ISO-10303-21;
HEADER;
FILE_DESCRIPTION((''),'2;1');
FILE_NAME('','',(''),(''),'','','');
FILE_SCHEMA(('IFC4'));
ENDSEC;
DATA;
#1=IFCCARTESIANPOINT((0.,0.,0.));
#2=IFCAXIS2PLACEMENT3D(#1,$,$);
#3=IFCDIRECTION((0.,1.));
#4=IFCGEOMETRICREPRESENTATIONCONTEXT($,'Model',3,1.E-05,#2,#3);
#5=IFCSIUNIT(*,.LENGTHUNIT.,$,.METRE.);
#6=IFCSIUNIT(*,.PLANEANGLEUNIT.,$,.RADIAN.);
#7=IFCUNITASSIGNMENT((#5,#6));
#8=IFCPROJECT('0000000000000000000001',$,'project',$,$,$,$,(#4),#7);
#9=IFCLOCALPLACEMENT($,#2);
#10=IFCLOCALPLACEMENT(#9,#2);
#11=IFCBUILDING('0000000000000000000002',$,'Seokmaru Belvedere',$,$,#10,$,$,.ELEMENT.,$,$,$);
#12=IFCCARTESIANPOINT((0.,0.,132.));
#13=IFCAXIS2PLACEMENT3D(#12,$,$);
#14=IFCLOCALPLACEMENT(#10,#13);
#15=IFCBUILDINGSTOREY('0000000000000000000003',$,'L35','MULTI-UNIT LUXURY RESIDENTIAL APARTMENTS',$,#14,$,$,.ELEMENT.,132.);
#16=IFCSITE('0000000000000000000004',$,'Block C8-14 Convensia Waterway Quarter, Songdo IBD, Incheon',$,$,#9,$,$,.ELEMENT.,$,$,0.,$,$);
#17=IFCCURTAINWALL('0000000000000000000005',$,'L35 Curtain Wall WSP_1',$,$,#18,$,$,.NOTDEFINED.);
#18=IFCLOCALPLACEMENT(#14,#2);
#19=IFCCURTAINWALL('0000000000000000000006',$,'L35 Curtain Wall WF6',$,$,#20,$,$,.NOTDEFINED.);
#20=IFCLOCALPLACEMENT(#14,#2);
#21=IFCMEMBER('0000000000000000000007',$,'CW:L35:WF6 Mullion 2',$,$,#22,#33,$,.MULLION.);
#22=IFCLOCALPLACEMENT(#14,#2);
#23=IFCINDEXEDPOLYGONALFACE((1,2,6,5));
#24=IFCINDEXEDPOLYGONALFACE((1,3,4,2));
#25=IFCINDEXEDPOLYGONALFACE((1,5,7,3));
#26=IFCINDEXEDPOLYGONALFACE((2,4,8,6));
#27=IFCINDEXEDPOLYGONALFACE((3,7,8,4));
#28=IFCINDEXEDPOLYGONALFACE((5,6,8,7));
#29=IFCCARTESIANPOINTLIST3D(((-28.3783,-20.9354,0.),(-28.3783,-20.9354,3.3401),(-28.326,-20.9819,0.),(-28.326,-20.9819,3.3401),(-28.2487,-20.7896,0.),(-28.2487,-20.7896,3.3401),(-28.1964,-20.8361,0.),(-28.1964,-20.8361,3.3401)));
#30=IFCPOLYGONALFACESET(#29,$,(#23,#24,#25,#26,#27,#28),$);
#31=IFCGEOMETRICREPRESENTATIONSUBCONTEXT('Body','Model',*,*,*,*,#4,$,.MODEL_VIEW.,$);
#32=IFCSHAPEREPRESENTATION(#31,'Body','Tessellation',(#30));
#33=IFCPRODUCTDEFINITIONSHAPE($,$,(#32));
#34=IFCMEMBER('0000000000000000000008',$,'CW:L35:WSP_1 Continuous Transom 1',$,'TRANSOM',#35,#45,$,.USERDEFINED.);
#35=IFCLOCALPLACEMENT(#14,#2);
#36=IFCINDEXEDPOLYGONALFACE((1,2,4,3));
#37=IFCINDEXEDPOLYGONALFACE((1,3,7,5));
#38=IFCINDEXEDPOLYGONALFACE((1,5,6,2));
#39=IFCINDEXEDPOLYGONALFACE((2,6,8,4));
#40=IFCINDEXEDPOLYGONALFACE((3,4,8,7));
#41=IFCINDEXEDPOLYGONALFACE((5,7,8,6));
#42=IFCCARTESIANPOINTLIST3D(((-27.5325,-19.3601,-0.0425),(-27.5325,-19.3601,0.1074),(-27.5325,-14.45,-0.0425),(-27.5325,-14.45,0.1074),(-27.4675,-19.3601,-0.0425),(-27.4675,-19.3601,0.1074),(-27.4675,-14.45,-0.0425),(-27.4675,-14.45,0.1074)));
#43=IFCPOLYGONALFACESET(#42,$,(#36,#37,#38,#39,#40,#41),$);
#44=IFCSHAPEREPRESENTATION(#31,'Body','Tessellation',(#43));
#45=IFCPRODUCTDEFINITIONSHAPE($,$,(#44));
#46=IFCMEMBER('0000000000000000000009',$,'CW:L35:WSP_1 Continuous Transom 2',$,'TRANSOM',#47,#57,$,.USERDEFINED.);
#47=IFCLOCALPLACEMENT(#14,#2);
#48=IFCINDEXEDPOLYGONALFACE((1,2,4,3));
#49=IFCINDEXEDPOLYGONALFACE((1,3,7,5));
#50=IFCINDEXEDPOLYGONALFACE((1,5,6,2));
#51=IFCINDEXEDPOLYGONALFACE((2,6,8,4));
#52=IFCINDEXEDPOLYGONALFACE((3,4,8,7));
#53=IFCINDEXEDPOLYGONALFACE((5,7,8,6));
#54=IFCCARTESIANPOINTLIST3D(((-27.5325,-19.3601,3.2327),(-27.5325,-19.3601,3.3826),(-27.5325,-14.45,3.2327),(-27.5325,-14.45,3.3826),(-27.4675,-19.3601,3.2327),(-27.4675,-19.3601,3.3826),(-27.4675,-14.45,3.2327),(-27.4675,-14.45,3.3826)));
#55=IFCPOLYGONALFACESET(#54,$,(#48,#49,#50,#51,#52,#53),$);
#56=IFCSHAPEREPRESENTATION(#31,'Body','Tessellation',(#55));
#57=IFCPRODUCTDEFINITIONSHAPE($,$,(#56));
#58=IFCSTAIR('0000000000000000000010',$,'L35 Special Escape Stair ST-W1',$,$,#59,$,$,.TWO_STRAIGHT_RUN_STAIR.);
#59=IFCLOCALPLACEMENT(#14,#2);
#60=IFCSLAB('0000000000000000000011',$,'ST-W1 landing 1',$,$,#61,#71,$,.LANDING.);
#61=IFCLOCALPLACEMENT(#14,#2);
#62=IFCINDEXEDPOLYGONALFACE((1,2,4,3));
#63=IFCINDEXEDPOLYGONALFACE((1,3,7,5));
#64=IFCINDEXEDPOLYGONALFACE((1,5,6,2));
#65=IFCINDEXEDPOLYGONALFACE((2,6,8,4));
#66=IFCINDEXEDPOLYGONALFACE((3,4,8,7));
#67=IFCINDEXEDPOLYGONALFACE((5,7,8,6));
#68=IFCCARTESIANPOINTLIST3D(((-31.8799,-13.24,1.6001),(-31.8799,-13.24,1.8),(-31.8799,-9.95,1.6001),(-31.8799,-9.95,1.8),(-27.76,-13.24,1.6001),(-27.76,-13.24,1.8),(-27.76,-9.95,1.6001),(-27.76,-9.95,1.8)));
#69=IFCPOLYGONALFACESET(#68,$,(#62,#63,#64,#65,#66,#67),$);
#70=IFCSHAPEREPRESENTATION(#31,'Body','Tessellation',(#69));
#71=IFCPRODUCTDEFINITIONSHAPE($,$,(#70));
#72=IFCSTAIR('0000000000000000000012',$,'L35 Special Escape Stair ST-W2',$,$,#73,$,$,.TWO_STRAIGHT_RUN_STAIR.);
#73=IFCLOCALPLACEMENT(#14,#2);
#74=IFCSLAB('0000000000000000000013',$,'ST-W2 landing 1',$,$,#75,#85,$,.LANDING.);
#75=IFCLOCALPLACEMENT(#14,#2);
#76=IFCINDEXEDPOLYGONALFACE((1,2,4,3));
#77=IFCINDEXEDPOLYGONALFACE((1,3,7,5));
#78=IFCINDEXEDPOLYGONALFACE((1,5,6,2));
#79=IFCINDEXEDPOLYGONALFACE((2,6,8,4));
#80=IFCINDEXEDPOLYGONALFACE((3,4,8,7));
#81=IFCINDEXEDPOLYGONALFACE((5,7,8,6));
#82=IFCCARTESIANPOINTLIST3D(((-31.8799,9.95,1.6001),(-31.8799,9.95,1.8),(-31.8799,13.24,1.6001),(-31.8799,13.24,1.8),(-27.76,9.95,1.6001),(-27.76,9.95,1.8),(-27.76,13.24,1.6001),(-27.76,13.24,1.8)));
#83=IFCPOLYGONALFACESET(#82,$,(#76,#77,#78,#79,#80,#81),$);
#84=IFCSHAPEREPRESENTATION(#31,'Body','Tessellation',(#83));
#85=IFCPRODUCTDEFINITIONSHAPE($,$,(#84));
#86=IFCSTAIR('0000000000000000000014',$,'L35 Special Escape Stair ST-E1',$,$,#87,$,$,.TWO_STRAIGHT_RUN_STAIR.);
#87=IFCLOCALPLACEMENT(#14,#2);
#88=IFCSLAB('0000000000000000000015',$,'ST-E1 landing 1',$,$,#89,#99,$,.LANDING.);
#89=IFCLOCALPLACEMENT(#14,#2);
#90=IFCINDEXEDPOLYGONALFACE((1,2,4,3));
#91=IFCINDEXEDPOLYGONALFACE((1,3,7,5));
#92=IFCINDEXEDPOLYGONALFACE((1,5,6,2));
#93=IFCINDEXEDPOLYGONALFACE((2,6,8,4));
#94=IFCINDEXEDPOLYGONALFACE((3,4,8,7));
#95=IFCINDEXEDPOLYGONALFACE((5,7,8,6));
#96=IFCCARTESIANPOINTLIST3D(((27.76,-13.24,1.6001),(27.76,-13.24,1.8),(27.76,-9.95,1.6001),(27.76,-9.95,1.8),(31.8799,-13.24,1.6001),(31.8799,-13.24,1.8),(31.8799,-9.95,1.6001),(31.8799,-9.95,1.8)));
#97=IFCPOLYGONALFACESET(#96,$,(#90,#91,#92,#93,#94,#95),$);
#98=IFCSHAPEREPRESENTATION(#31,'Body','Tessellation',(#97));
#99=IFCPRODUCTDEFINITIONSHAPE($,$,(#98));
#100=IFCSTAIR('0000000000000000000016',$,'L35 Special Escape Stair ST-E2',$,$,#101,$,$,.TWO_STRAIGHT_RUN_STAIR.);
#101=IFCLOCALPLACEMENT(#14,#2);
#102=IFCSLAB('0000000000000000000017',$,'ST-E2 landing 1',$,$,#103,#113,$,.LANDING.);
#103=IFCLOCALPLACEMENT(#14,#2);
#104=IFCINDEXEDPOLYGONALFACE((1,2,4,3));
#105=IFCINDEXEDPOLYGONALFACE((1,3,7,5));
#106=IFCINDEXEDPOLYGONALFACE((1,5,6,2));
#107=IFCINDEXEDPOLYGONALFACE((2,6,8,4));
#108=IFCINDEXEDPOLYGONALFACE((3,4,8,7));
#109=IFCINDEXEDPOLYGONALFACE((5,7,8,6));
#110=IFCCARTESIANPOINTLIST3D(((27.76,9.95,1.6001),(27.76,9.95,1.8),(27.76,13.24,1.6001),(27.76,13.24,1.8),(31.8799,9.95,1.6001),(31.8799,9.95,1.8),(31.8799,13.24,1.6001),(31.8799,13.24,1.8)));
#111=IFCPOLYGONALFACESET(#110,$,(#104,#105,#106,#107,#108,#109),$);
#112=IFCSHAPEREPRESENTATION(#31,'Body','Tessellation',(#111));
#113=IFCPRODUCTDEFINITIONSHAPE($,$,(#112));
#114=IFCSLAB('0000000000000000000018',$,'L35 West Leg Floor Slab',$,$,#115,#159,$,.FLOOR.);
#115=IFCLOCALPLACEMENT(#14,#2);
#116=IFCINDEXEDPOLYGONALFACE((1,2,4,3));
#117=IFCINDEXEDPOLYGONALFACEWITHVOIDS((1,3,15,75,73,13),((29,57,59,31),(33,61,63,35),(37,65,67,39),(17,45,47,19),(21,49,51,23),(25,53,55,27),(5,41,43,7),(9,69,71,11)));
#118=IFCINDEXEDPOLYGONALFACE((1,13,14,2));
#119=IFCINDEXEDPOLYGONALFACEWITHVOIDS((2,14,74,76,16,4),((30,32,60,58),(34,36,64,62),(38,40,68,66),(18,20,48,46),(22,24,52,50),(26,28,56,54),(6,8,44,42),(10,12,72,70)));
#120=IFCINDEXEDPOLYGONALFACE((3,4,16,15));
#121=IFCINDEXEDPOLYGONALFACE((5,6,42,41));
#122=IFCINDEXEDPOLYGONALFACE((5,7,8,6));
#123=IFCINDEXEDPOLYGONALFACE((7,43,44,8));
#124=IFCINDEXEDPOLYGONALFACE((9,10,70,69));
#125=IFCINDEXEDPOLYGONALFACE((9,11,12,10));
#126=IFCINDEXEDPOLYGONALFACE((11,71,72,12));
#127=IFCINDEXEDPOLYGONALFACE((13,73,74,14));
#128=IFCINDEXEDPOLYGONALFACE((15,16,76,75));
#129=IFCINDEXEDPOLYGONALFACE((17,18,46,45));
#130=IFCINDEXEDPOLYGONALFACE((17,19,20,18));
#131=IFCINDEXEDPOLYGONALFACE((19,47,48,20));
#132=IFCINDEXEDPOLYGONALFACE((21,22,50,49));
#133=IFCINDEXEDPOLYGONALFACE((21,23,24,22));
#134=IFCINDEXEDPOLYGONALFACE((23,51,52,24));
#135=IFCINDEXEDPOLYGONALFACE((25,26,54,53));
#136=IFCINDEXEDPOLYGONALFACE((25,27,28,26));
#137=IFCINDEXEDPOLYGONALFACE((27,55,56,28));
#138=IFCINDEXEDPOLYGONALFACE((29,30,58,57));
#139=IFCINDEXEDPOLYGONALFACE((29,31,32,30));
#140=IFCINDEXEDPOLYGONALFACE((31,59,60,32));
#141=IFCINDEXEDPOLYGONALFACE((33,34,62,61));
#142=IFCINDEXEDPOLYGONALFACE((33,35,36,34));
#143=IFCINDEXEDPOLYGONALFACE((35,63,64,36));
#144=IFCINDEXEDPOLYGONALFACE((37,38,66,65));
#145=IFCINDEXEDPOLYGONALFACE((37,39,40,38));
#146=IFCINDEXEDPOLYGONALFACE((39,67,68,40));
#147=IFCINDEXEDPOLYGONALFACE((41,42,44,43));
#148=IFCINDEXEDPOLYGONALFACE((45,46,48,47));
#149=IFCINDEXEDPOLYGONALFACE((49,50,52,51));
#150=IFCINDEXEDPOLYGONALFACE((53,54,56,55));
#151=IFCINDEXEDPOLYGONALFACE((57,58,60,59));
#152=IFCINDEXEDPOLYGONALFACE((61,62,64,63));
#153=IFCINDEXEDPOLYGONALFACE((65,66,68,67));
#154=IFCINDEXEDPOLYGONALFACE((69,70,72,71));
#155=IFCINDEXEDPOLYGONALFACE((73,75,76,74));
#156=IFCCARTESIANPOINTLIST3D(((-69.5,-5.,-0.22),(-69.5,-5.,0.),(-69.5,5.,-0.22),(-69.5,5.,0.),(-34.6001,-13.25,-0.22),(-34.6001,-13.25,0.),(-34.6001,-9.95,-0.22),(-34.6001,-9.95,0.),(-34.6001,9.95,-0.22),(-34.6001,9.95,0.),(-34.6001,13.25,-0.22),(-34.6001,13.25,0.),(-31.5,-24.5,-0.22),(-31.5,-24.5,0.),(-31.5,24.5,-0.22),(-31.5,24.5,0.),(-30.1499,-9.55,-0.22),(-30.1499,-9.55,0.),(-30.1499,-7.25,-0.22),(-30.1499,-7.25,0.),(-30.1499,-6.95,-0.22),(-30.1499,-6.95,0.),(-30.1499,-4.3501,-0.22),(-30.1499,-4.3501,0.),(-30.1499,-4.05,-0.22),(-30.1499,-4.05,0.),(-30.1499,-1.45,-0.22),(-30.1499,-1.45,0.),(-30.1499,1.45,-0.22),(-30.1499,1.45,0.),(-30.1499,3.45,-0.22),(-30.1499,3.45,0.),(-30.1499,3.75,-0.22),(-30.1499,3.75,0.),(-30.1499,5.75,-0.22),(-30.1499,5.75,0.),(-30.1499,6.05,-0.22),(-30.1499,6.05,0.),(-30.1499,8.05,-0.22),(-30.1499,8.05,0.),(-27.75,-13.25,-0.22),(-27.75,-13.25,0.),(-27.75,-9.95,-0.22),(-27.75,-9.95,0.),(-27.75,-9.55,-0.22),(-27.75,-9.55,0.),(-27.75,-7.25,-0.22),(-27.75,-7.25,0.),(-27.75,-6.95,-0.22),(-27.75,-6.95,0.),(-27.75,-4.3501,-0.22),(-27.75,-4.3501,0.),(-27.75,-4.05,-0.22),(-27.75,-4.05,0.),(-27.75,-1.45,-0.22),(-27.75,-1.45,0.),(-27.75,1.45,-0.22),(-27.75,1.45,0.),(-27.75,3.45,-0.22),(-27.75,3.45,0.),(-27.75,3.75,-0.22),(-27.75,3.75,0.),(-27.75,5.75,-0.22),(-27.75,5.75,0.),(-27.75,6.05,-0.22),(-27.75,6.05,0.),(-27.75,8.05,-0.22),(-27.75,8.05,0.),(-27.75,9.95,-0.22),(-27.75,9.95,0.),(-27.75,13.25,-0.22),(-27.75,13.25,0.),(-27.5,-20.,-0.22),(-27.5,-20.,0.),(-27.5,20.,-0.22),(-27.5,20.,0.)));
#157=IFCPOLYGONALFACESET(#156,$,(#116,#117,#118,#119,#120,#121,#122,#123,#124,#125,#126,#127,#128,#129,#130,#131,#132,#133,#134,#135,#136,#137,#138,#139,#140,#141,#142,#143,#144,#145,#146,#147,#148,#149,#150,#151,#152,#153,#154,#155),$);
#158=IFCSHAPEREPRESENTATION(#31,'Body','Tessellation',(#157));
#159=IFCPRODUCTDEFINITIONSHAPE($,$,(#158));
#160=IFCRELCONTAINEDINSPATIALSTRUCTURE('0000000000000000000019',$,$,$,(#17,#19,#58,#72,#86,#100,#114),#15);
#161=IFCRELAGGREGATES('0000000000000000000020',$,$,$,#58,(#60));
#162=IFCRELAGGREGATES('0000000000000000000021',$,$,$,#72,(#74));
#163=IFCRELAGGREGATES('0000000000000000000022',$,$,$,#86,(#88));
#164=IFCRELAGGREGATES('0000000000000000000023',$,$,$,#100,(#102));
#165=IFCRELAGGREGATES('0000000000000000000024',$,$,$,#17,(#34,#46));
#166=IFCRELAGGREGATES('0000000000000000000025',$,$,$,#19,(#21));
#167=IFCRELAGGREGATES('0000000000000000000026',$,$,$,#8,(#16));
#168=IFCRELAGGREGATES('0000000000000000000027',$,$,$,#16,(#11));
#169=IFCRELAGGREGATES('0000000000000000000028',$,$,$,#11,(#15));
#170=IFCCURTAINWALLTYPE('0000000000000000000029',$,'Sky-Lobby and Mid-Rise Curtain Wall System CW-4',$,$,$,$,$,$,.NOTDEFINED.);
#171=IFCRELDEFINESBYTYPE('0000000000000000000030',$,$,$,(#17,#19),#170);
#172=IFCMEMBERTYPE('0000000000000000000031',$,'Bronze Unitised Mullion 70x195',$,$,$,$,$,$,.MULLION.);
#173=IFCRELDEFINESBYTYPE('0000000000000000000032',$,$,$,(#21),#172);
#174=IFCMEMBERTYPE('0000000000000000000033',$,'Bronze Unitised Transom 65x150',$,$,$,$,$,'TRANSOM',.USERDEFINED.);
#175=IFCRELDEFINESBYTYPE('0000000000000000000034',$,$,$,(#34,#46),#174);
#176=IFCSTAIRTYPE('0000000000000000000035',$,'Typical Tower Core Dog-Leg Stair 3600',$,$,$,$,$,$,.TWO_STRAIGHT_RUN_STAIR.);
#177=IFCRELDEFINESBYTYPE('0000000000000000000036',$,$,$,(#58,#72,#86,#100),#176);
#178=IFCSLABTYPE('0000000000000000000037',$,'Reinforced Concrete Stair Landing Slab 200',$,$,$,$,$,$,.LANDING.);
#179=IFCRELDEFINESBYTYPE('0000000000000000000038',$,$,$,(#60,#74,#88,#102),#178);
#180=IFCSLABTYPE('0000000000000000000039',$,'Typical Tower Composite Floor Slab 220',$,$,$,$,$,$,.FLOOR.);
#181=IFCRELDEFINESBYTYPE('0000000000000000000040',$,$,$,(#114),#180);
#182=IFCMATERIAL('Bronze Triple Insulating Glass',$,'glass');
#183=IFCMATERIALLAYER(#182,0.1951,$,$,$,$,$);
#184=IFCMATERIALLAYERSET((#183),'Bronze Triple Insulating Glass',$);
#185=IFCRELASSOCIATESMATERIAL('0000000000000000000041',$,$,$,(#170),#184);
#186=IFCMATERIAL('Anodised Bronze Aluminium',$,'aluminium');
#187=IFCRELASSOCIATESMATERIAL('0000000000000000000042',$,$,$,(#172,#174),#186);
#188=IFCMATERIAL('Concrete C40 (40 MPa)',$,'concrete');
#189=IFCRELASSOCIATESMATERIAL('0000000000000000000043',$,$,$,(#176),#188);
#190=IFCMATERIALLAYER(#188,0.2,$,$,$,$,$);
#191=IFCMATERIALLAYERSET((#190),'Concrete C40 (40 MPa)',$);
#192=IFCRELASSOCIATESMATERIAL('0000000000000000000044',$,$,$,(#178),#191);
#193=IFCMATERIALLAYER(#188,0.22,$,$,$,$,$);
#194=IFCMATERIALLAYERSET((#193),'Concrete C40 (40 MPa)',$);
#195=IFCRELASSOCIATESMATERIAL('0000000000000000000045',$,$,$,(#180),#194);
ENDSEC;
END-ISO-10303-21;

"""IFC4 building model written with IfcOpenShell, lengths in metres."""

from ifc_helpers import new_model, si_unit, direction, frame, origin, origin_2d, place, context, subcontext, project, spatial, polyline, rectangle, outline, extrude, source, transform, mapped, material, layer, layer_set, material_profile, profile_set, type_object, type_shapes, element, aggregate, save


model = new_model("IFC4")

# Units and contexts
model_context = context("Model", 3, precision=1e-05, world=origin(), true_north=direction((0.0, 1.0)))
body_context = subcontext(model_context, "Body", "Model", "MODEL_VIEW")
ifc_project = project(units=[si_unit("LENGTHUNIT", "METRE"), si_unit("PLANEANGLEUNIT", "RADIAN")], contexts=[model_context])

# Site, building, storey
site_placement = place(None, origin())
site = spatial("IfcSite", under=ifc_project, at=site_placement, Name="Block C8-14 Convensia Waterway Quarter, Songdo IBD, Incheon", CompositionType="ELEMENT", RefElevation=0.0)
building_placement = place(site_placement, origin())
building = spatial("IfcBuilding", under=site, at=building_placement, Name="Seokmaru Belvedere", CompositionType="ELEMENT")
storey_placement = place(building_placement, frame((0.0, 0.0, 132.0)))
storey = spatial("IfcBuildingStorey", under=building, at=storey_placement, Name="L35", Description="MULTI-UNIT LUXURY RESIDENTIAL APARTMENTS", CompositionType="ELEMENT", Elevation=132.0)

# Curtain wall
ifc_material_1 = material(Name="Bronze Triple Insulating Glass", Category="glass")
ifc_layer_1 = layer(ifc_material_1, 0.1951)
ifc_layer_set_1 = layer_set([ifc_layer_1], Name="Bronze Triple Insulating Glass")
curtain_wall_type = type_object("IfcCurtainWallType", Name="Sky-Lobby and Mid-Rise Curtain Wall System CW-4", PredefinedType="NOTDEFINED", material=ifc_layer_set_1)
curtain_wall_1_placement = place(storey_placement, origin())
curtain_wall_1 = element("IfcCurtainWall", 1, at=curtain_wall_1_placement, inside=storey, type_object=curtain_wall_type, Name="L35 Curtain Wall WSP_1", PredefinedType="NOTDEFINED")
ifc_material_2 = material(Name="Anodised Bronze Aluminium", Category="aluminium")
ifc_material_profile_1 = material_profile(ifc_material_2, rectangle(XDim=0.0701, YDim=0.1951, at=origin_2d()), Name="CW-M-70x195")
ifc_profile_set_1 = profile_set([ifc_material_profile_1], Name="Anodised Bronze Aluminium")
member_type_1 = type_object("IfcMemberType", Name="Bronze Unitised Mullion 70x195", PredefinedType="MULLION", material=ifc_profile_set_1)
shared_shape_1 = source(origin(), body_context, "Body", "SweptSolid", [
    extrude(rectangle(XDim=0.0701, YDim=0.1951, at=origin_2d()), origin(), (0.0, 0.0, 1.0), 3.3401),
])
type_shapes(member_type_1, [shared_shape_1])

# Curtain wall, member
curtain_wall_2_placement = place(storey_placement, origin())
curtain_wall_2 = element("IfcCurtainWall", 2, at=curtain_wall_2_placement, inside=storey, type_object=curtain_wall_type, Name="L35 Curtain Wall WF6", PredefinedType="NOTDEFINED")
member_1_placement = place(storey_placement, frame((-28.2874, -20.8857, 0.0), z_axis=(0.0, 0.0, 1.0), x_axis=(-0.74741, 0.664363, 0.0)))
member_1 = element("IfcMember", 3, at=member_1_placement, type_object=member_type_1, Name="CW:L35:WF6 Mullion 2", PredefinedType="MULLION", context=body_context, shape_type="MappedRepresentation", body=[
    mapped(shared_shape_1, transform((0.0, 0.0, 0.0), scale=1.0)),
])

# Members
ifc_material_profile_2 = material_profile(ifc_material_2, rectangle(XDim=0.0649, YDim=0.1499, at=origin_2d()), Name="CW-T-65x150")
ifc_profile_set_2 = profile_set([ifc_material_profile_2], Name="Anodised Bronze Aluminium")
member_type_2 = type_object("IfcMemberType", Name="Bronze Unitised Transom 65x150", ElementType="TRANSOM", PredefinedType="USERDEFINED", material=ifc_profile_set_2)
shared_shape_2 = source(origin(), body_context, "Body", "SweptSolid", [
    extrude(rectangle(XDim=0.0649, YDim=0.1499, at=origin_2d()), origin(), (0.0, 0.0, 1.0), 4.9102),
])
type_shapes(member_type_2, [shared_shape_2])
member_2_placement = place(storey_placement, frame((-27.5, -19.3601, 0.0325), z_axis=(0.0, 1.0, 0.0), x_axis=(-1.0, 0.0, 0.0)))
member_2 = element("IfcMember", 4, at=member_2_placement, type_object=member_type_2, Name="CW:L35:WSP_1 Continuous Transom 1", ObjectType="TRANSOM", PredefinedType="USERDEFINED", context=body_context, shape_type="MappedRepresentation", body=[
    mapped(shared_shape_2, transform((0.0, 0.0, 0.0), scale=1.0)),
])
member_3_placement = place(storey_placement, frame((-27.5, -19.3601, 3.3076), z_axis=(0.0, 1.0, 0.0), x_axis=(-1.0, 0.0, 0.0)))
member_3 = element("IfcMember", 5, at=member_3_placement, type_object=member_type_2, Name="CW:L35:WSP_1 Continuous Transom 2", ObjectType="TRANSOM", PredefinedType="USERDEFINED", context=body_context, shape_type="MappedRepresentation", body=[
    mapped(shared_shape_2, transform((0.0, 0.0, 0.0), scale=1.0)),
])

# Stairs, slabs
ifc_material_3 = material(Name="Concrete C40 (40 MPa)", Category="concrete")
stair_type = type_object("IfcStairType", Name="Typical Tower Core Dog-Leg Stair 3600", PredefinedType="TWO_STRAIGHT_RUN_STAIR", material=ifc_material_3)
stair_1_placement = place(storey_placement, origin())
stair_1 = element("IfcStair", 6, at=stair_1_placement, inside=storey, type_object=stair_type, Name="L35 Special Escape Stair ST-W1", PredefinedType="TWO_STRAIGHT_RUN_STAIR")
ifc_layer_2 = layer(ifc_material_3, 0.2)
ifc_layer_set_2 = layer_set([ifc_layer_2], Name="Concrete C40 (40 MPa)")
slab_type_1 = type_object("IfcSlabType", Name="Reinforced Concrete Stair Landing Slab 200", PredefinedType="LANDING", material=ifc_layer_set_2)
slab_1_placement = place(storey_placement, frame((0.0, 0.0, 1.6001)))
slab_1 = element("IfcSlab", 7, at=slab_1_placement, type_object=slab_type_1, Name="ST-W1 landing 1", PredefinedType="LANDING", context=body_context, shape_type="SweptSolid", body=[
    extrude(outline(polyline([(-31.8799, -13.24), (-27.76, -13.24), (-27.76, -9.95), (-31.8799, -9.95), (-31.8799, -13.24)])), origin(), (0.0, 0.0, 1.0), 0.2),
])
aggregate(stair_1, [slab_1])
stair_2_placement = place(storey_placement, origin())
stair_2 = element("IfcStair", 8, at=stair_2_placement, inside=storey, type_object=stair_type, Name="L35 Special Escape Stair ST-W2", PredefinedType="TWO_STRAIGHT_RUN_STAIR")
slab_2_placement = place(storey_placement, frame((0.0, 0.0, 1.6001)))
slab_2 = element("IfcSlab", 9, at=slab_2_placement, type_object=slab_type_1, Name="ST-W2 landing 1", PredefinedType="LANDING", context=body_context, shape_type="SweptSolid", body=[
    extrude(outline(polyline([(-31.8799, 9.95), (-27.76, 9.95), (-27.76, 13.24), (-31.8799, 13.24), (-31.8799, 9.95)])), origin(), (0.0, 0.0, 1.0), 0.2),
])
aggregate(stair_2, [slab_2])
stair_3_placement = place(storey_placement, origin())
stair_3 = element("IfcStair", 10, at=stair_3_placement, inside=storey, type_object=stair_type, Name="L35 Special Escape Stair ST-E1", PredefinedType="TWO_STRAIGHT_RUN_STAIR")
slab_3_placement = place(storey_placement, frame((0.0, 0.0, 1.6001)))
slab_3 = element("IfcSlab", 11, at=slab_3_placement, type_object=slab_type_1, Name="ST-E1 landing 1", PredefinedType="LANDING", context=body_context, shape_type="SweptSolid", body=[
    extrude(outline(polyline([(27.76, -13.24), (31.8799, -13.24), (31.8799, -9.95), (27.76, -9.95), (27.76, -13.24)])), origin(), (0.0, 0.0, 1.0), 0.2),
])
aggregate(stair_3, [slab_3])
stair_4_placement = place(storey_placement, origin())
stair_4 = element("IfcStair", 12, at=stair_4_placement, inside=storey, type_object=stair_type, Name="L35 Special Escape Stair ST-E2", PredefinedType="TWO_STRAIGHT_RUN_STAIR")
slab_4_placement = place(storey_placement, frame((0.0, 0.0, 1.6001)))
slab_4 = element("IfcSlab", 13, at=slab_4_placement, type_object=slab_type_1, Name="ST-E2 landing 1", PredefinedType="LANDING", context=body_context, shape_type="SweptSolid", body=[
    extrude(outline(polyline([(27.76, 9.95), (31.8799, 9.95), (31.8799, 13.24), (27.76, 13.24), (27.76, 9.95)])), origin(), (0.0, 0.0, 1.0), 0.2),
])
aggregate(stair_4, [slab_4])

# Slab
ifc_layer_3 = layer(ifc_material_3, 0.22)
ifc_layer_set_3 = layer_set([ifc_layer_3], Name="Concrete C40 (40 MPa)")
slab_type_2 = type_object("IfcSlabType", Name="Typical Tower Composite Floor Slab 220", PredefinedType="FLOOR", material=ifc_layer_set_3)
slab_5_placement = place(storey_placement, frame((0.0, 0.0, -0.22)))
element("IfcSlab", 14, at=slab_5_placement, inside=storey, type_object=slab_type_2, Name="L35 West Leg Floor Slab", PredefinedType="FLOOR", context=body_context, shape_type="SweptSolid", body=[
    extrude(outline(polyline([(-27.5, -20.0), (-27.5, 20.0), (-31.5, 24.5), (-69.5, 5.0), (-69.5, -5.0), (-31.5, -24.5), (-27.5, -20.0)]), holes=[polyline([(-34.6001, -13.25), (-27.75, -13.25), (-27.75, -9.95), (-34.6001, -9.95), (-34.6001, -13.25)]), polyline([(-34.6001, 9.95), (-27.75, 9.95), (-27.75, 13.25), (-34.6001, 13.25), (-34.6001, 9.95)]), polyline([(-30.1499, -9.55), (-27.75, -9.55), (-27.75, -7.25), (-30.1499, -7.25), (-30.1499, -9.55)]), polyline([(-30.1499, -6.95), (-27.75, -6.95), (-27.75, -4.3501), (-30.1499, -4.3501), (-30.1499, -6.95)]), polyline([(-30.1499, -4.05), (-27.75, -4.05), (-27.75, -1.45), (-30.1499, -1.45), (-30.1499, -4.05)]), polyline([(-30.1499, 1.45), (-27.75, 1.45), (-27.75, 3.45), (-30.1499, 3.45), (-30.1499, 1.45)]), polyline([(-30.1499, 3.75), (-27.75, 3.75), (-27.75, 5.75), (-30.1499, 5.75), (-30.1499, 3.75)]), polyline([(-30.1499, 6.05), (-27.75, 6.05), (-27.75, 8.05), (-30.1499, 8.05), (-30.1499, 6.05)])]), origin(), (0.0, 0.0, 1.0), 0.22),
])

aggregate(curtain_wall_1, [member_2, member_3])
aggregate(curtain_wall_2, [member_1])

save(model, "model.ifc")
